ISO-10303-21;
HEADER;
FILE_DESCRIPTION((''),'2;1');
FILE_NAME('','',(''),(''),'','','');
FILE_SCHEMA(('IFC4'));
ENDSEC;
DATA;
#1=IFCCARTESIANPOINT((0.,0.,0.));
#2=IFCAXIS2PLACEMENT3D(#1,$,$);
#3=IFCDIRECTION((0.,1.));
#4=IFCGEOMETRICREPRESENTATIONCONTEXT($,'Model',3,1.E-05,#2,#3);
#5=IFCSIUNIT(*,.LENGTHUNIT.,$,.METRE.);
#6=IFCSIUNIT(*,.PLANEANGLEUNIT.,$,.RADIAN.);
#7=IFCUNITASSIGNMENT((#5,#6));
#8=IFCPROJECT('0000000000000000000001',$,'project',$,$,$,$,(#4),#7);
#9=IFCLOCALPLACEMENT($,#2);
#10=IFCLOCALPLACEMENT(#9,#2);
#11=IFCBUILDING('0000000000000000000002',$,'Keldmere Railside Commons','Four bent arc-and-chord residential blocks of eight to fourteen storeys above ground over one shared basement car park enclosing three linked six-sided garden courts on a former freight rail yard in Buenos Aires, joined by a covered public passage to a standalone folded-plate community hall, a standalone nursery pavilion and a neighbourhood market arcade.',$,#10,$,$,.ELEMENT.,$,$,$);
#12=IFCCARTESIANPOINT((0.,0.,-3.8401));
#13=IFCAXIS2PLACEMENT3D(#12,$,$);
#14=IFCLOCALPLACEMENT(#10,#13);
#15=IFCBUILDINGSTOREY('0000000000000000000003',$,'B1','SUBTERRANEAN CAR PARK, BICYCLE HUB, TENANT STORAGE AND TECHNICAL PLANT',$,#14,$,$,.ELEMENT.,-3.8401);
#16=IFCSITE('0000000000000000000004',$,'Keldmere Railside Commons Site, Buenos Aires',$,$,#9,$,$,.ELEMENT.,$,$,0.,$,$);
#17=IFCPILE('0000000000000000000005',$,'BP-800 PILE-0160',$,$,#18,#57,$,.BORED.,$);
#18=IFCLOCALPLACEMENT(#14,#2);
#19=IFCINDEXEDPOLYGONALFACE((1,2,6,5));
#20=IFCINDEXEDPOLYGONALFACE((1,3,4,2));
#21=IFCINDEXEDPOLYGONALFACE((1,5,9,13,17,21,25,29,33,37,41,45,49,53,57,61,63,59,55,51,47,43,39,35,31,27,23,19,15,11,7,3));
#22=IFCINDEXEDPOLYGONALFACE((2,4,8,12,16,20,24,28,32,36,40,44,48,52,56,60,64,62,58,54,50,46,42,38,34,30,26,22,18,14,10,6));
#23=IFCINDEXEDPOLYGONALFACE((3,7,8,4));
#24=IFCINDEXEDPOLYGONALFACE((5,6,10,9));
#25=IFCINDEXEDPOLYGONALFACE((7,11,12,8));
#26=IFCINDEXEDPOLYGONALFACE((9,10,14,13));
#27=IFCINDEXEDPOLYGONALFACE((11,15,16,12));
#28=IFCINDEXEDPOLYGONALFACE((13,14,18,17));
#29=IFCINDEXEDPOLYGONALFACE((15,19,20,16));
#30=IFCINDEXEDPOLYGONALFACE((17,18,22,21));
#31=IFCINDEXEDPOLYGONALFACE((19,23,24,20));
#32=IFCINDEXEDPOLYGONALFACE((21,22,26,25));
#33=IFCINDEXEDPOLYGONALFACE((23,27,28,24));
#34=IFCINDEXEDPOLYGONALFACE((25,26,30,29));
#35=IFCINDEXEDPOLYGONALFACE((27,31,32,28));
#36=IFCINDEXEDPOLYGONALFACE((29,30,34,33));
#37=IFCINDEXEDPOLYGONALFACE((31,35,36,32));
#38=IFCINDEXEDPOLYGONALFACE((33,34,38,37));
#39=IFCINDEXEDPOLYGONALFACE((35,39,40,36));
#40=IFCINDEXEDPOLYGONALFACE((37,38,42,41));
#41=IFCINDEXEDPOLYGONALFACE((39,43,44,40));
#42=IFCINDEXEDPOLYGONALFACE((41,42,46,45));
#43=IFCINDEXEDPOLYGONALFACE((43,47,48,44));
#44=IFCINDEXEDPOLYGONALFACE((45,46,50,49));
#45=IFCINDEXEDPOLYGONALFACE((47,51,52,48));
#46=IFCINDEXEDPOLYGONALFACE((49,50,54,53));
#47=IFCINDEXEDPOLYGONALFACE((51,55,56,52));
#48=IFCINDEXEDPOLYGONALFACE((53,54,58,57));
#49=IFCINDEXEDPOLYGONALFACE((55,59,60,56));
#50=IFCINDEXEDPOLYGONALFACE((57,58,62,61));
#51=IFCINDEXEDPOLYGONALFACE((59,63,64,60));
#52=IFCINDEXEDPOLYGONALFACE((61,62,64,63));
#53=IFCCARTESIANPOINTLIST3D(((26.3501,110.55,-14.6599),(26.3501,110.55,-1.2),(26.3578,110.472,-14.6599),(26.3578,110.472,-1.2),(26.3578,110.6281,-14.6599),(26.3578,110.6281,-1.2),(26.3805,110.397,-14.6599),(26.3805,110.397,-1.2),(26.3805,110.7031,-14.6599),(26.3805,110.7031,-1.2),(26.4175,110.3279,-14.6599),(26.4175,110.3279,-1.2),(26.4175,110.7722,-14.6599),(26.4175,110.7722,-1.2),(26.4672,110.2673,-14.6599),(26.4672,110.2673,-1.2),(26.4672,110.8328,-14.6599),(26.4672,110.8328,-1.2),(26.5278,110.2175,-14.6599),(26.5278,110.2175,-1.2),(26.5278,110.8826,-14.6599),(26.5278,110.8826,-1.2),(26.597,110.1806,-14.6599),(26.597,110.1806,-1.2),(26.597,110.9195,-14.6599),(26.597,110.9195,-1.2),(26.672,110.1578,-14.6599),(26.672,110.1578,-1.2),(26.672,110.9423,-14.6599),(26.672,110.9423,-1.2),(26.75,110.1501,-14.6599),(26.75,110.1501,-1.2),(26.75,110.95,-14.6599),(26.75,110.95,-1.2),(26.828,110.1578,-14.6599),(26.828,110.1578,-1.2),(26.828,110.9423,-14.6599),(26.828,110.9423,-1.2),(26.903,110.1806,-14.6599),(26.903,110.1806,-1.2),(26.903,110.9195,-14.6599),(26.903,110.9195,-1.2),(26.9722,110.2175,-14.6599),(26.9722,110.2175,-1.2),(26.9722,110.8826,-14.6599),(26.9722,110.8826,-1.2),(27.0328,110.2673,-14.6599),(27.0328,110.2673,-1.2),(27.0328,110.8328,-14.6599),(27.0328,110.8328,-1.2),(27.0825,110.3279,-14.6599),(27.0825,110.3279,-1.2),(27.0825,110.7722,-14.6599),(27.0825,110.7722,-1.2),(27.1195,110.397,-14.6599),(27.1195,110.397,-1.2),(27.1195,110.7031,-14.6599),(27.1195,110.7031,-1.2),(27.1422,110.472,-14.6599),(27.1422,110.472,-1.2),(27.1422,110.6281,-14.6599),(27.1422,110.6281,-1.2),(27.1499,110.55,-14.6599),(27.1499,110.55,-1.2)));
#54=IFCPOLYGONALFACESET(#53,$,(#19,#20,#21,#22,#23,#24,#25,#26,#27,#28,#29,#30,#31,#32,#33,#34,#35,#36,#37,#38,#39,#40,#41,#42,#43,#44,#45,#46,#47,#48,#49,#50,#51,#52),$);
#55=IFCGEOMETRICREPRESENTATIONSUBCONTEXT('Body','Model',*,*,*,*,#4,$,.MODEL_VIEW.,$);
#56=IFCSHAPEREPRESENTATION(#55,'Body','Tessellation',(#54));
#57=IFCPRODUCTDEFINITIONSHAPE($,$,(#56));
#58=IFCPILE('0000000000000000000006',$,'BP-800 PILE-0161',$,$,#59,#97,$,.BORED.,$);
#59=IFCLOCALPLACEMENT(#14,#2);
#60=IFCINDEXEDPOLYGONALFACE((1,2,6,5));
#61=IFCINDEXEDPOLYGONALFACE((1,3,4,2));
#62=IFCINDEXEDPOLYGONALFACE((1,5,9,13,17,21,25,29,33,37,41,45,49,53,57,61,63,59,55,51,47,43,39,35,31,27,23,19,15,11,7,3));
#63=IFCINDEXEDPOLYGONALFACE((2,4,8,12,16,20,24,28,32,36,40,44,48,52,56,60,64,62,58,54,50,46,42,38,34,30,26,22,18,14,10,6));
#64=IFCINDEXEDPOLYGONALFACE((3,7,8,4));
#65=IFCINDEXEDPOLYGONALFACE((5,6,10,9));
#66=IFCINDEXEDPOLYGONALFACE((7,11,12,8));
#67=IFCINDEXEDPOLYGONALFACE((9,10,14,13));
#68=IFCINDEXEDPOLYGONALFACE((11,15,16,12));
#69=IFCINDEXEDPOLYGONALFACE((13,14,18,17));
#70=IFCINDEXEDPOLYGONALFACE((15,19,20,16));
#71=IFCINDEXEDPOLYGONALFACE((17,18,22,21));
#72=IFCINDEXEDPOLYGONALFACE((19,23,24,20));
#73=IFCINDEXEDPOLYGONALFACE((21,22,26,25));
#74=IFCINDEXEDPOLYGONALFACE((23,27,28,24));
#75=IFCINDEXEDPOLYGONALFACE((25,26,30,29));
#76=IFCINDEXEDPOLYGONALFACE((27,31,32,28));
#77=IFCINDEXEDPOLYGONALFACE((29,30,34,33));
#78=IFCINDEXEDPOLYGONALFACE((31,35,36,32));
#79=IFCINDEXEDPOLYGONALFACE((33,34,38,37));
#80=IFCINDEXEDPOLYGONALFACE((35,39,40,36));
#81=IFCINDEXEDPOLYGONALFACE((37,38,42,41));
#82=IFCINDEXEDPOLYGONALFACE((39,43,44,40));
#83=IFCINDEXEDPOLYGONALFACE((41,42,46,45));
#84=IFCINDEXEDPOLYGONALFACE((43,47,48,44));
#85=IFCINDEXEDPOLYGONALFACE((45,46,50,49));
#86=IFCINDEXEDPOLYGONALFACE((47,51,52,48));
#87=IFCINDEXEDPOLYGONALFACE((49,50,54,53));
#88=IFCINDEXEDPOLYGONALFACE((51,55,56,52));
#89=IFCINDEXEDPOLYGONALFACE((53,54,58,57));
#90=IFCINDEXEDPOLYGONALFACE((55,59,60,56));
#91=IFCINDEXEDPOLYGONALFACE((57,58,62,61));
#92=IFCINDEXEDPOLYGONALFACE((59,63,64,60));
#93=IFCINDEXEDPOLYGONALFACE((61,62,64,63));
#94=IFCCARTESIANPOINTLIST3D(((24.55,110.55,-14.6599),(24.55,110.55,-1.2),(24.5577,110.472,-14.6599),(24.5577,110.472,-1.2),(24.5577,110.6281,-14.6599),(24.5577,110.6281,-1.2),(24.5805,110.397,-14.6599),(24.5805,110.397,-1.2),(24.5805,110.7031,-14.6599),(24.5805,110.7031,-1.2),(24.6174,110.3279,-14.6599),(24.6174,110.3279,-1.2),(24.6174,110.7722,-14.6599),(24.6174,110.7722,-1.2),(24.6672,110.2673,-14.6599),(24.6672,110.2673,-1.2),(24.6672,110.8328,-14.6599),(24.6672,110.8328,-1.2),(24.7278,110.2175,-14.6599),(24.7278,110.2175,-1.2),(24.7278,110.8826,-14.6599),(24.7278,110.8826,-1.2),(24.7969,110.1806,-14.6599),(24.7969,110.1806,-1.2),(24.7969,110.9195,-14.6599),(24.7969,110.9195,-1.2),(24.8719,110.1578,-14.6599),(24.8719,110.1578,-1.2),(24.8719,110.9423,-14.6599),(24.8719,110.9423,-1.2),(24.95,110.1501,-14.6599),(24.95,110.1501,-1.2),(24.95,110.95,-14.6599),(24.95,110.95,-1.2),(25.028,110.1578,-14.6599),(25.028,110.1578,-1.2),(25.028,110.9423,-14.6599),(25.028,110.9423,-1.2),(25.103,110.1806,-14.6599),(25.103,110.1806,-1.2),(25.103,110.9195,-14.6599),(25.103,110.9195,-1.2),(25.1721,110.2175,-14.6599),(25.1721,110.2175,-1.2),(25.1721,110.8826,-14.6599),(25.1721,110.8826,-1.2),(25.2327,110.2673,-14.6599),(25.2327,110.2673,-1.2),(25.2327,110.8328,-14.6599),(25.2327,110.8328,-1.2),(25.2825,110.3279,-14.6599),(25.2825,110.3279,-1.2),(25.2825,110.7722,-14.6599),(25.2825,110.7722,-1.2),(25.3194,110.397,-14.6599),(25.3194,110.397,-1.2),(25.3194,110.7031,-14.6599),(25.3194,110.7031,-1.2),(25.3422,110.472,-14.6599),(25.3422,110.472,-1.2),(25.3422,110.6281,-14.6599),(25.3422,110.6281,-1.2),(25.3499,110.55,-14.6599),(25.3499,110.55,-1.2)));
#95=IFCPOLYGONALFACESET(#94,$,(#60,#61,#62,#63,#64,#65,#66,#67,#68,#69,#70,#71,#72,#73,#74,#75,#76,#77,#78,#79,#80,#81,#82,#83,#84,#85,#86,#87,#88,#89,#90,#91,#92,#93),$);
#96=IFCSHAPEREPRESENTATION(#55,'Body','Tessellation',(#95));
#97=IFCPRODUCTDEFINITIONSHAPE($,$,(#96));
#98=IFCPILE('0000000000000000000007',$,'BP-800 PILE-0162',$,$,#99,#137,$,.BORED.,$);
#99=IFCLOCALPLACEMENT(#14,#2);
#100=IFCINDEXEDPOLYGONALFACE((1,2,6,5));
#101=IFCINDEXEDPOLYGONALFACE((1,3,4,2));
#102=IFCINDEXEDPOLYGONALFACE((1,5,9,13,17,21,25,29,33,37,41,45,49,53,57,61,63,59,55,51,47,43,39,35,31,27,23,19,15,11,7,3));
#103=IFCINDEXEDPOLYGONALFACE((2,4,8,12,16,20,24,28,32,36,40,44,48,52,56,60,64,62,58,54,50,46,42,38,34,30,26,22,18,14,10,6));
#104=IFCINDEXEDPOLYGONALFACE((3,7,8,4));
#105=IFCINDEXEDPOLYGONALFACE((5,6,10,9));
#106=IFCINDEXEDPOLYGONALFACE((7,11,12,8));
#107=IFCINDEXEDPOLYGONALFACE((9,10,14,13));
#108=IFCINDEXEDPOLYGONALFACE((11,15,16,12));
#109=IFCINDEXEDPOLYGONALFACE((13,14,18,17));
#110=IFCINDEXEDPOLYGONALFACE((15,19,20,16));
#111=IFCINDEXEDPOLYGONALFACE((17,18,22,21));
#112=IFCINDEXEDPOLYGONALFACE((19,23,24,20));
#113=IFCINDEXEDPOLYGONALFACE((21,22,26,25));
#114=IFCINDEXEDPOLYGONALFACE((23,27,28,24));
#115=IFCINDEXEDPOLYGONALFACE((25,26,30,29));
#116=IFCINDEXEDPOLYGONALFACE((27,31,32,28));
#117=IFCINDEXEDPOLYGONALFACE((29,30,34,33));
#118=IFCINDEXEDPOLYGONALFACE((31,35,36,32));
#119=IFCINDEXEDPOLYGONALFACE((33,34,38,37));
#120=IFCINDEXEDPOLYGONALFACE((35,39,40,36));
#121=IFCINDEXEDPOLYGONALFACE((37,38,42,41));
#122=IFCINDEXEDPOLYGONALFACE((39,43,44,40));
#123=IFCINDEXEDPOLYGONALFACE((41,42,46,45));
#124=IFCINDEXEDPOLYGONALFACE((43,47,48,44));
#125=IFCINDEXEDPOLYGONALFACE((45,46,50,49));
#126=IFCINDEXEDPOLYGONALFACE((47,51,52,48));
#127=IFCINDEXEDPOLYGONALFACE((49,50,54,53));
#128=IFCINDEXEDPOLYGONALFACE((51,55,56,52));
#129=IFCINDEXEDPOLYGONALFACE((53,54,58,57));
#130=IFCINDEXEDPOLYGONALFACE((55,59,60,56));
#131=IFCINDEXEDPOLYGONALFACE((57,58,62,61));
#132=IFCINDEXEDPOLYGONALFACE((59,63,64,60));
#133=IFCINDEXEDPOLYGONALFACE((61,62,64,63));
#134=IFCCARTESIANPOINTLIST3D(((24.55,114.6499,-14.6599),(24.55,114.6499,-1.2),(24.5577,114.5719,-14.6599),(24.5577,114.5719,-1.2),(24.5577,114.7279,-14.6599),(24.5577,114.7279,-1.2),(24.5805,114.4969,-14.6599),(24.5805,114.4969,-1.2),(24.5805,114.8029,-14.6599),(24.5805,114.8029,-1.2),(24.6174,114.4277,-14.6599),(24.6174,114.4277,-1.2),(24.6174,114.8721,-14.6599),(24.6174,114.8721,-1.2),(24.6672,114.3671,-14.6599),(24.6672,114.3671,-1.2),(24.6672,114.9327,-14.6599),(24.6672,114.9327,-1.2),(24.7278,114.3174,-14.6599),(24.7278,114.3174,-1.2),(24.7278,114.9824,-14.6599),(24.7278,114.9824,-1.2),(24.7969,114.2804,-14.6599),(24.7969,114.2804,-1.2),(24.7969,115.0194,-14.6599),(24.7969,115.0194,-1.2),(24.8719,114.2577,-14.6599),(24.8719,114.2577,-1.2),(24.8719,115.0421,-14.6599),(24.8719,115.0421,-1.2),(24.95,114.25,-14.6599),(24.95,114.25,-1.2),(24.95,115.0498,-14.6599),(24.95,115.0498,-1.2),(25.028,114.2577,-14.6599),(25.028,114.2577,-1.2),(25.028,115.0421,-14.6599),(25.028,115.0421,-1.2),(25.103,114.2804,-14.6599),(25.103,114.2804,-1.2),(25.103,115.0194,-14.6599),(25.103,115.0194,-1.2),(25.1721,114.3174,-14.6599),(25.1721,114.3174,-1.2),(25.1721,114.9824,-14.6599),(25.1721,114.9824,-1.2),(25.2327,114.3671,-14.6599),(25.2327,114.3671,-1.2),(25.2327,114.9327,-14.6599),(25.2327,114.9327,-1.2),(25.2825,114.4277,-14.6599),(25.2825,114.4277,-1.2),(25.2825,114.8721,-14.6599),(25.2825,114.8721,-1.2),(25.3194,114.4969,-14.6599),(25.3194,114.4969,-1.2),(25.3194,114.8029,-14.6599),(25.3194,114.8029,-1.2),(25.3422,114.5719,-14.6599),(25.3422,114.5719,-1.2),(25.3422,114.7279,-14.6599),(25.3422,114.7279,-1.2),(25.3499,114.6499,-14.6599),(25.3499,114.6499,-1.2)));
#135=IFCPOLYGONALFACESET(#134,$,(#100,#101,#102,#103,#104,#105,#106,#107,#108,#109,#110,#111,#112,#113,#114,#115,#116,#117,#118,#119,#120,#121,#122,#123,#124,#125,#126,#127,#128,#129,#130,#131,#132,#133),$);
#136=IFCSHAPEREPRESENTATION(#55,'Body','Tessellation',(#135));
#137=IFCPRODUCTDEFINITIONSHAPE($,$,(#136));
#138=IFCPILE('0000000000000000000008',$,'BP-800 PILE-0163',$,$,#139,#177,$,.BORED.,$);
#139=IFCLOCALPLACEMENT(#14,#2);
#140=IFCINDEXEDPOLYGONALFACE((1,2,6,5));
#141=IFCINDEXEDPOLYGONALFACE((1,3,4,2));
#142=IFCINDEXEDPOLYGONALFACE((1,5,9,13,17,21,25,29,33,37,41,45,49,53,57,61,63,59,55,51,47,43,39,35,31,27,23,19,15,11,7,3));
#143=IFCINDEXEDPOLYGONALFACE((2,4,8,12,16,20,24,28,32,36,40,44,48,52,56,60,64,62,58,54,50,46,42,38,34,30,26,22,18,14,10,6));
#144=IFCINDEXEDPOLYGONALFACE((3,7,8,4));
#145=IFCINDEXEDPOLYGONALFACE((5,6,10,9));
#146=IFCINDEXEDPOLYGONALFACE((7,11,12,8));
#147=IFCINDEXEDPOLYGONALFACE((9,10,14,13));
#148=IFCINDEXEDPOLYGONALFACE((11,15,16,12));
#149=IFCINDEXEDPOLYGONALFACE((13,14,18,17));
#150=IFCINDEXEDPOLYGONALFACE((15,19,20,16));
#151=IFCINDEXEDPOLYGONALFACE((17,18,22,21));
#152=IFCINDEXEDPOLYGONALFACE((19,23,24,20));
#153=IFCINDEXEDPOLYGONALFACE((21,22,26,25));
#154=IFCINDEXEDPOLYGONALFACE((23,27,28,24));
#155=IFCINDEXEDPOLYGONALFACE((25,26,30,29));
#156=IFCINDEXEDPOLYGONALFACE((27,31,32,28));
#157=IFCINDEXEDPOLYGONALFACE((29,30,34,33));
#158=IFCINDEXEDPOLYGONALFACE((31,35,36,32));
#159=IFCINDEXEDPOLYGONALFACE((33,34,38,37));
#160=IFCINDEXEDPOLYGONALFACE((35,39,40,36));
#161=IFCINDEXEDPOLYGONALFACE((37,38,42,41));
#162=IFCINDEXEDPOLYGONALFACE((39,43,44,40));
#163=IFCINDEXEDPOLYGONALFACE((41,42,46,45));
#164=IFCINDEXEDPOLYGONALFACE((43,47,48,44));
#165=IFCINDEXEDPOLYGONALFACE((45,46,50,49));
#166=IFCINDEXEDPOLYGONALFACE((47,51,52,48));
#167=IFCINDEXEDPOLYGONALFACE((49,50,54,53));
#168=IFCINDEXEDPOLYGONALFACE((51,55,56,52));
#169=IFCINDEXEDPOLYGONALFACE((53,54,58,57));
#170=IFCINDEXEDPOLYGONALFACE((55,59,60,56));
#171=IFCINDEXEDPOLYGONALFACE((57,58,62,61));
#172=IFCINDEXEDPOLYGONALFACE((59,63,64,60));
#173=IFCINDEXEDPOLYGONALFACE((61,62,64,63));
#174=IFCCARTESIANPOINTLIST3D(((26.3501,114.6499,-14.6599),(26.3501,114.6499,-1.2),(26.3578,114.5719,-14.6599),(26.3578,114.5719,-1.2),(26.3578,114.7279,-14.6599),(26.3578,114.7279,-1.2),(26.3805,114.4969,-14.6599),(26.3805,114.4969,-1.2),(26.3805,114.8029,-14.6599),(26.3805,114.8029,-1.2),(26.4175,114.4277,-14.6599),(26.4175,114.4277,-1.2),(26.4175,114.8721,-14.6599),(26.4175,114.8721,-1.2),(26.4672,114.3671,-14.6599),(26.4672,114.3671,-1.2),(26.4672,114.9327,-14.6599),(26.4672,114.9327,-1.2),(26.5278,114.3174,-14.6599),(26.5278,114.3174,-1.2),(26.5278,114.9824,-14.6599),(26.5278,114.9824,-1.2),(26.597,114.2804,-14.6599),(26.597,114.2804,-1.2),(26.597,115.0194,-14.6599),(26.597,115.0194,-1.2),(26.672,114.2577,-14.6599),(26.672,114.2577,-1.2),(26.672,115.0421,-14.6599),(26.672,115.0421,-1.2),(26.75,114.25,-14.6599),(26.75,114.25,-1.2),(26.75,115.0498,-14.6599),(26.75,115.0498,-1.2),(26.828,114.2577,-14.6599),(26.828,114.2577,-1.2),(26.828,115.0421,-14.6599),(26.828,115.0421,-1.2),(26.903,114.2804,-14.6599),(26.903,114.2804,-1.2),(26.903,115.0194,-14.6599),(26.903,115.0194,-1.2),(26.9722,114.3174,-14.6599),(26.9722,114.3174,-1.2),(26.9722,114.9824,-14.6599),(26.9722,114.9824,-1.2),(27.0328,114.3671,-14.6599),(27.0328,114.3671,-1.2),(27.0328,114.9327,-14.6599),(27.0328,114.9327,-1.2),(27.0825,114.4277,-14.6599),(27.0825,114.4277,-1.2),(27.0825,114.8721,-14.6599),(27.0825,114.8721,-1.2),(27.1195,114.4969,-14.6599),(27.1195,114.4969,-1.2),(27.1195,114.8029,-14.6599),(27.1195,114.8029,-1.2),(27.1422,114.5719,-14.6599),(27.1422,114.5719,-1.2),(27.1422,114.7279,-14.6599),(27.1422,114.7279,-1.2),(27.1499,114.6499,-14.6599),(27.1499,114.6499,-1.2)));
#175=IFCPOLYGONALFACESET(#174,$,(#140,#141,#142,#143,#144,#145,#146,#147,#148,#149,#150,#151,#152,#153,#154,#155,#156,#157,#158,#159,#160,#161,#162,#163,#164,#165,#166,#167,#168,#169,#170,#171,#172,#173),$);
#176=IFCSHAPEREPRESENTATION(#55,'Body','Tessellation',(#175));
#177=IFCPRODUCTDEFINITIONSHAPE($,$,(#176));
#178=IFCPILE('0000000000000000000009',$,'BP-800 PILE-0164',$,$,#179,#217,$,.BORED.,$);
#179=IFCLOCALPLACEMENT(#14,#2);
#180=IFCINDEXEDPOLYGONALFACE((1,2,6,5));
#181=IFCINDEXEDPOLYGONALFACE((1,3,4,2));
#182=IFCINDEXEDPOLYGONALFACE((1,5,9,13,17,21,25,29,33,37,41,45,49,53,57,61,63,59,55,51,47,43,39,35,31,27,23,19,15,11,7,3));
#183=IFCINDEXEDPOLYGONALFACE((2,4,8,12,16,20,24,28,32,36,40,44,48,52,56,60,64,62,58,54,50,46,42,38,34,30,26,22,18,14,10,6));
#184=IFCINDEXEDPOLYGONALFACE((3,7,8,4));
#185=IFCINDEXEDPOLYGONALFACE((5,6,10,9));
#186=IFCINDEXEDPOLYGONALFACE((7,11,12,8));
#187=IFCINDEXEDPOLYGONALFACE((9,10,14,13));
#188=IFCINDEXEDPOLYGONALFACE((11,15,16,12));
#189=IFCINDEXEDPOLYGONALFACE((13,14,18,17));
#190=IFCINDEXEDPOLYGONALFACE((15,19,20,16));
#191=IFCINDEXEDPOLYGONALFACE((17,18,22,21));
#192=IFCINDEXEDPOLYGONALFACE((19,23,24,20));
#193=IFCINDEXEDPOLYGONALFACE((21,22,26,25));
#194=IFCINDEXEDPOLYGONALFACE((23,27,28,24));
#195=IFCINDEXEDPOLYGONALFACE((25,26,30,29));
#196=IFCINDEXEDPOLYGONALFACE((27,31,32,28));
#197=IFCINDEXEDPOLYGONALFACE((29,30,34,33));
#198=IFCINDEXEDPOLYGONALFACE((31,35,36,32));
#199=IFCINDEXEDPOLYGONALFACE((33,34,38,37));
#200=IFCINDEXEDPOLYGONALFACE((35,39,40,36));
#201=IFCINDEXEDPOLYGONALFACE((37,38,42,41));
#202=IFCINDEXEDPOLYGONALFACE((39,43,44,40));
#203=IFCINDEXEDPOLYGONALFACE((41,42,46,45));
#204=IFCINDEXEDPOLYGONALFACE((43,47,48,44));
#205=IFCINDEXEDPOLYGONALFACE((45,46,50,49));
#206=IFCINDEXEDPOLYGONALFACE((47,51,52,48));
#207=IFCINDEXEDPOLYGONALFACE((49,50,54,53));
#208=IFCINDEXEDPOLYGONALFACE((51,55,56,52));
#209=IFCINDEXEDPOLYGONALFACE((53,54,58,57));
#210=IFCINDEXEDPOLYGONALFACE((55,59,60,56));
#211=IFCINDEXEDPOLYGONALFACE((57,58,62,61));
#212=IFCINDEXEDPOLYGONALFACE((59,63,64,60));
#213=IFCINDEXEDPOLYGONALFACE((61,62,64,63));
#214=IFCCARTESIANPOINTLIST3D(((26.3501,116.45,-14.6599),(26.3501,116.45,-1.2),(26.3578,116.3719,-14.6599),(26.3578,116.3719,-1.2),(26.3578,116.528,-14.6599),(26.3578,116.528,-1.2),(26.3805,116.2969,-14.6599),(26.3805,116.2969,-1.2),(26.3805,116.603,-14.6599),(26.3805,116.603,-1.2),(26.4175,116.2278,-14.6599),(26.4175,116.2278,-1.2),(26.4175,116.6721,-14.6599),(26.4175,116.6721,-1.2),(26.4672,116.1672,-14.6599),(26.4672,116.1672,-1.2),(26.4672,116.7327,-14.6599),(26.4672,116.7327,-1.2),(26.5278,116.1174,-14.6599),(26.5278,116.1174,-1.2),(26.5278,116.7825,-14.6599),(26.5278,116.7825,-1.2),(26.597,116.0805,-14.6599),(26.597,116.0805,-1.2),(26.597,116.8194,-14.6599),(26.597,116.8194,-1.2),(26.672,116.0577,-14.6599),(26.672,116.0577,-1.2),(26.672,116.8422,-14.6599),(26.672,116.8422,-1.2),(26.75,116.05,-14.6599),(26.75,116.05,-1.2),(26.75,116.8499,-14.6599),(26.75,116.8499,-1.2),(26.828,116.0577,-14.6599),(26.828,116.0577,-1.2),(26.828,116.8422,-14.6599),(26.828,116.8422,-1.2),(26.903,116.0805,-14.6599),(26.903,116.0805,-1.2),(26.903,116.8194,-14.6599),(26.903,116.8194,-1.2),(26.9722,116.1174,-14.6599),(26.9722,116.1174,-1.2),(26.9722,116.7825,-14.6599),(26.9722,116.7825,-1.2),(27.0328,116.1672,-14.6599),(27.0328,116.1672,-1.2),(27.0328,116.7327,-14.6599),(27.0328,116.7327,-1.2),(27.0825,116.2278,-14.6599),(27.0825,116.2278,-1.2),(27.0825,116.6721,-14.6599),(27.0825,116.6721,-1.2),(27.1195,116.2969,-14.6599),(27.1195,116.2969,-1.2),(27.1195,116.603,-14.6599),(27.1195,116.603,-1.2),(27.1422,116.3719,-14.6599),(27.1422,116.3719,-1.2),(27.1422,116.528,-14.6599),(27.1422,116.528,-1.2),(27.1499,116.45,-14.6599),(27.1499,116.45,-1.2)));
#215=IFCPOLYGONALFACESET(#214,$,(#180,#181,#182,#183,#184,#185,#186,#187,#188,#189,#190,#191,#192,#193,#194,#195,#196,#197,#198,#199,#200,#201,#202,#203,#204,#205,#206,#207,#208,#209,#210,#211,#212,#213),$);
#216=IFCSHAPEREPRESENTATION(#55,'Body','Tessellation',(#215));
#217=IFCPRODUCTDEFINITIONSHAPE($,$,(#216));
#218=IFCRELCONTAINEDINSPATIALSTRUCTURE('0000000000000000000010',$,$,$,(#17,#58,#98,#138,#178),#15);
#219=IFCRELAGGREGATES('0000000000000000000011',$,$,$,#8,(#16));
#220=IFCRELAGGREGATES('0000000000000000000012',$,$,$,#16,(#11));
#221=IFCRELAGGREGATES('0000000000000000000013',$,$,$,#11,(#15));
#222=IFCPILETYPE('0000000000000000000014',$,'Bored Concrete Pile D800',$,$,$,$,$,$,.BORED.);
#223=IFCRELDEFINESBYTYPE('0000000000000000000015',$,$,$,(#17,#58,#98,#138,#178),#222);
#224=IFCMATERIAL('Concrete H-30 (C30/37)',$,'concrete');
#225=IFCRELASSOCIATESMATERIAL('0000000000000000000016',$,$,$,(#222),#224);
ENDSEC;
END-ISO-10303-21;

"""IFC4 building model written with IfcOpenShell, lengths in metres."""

from ifc_helpers import new_model, si_unit, direction, frame, origin, origin_2d, place, context, subcontext, project, spatial, circle, extrude, material, material_profile, profile_set, type_object, element, save


model = new_model("IFC4")

# Units and contexts
model_context = context("Model", 3, precision=1e-05, world=origin(), true_north=direction((0.0, 1.0)))
body_context = subcontext(model_context, "Body", "Model", "MODEL_VIEW")
ifc_project = project(units=[si_unit("LENGTHUNIT", "METRE"), si_unit("PLANEANGLEUNIT", "RADIAN")], contexts=[model_context])

# Site, building, storey
site_placement = place(None, origin())
site = spatial("IfcSite", under=ifc_project, at=site_placement, Name="Keldmere Railside Commons Site, Buenos Aires", CompositionType="ELEMENT", RefElevation=0.0)
building_placement = place(site_placement, origin())
building = spatial("IfcBuilding", under=site, at=building_placement, Name="Keldmere Railside Commons", Description="Four bent arc-and-chord residential blocks of eight to fourteen storeys above ground over one shared basement car park enclosing three linked six-sided garden courts on a former freight rail yard in Buenos Aires, joined by a covered public passage to a standalone folded-plate community hall, a standalone nursery pavilion and a neighbourhood market arcade.", CompositionType="ELEMENT")
storey_placement = place(building_placement, frame((0.0, 0.0, -3.8401)))
storey = spatial("IfcBuildingStorey", under=building, at=storey_placement, Name="B1", Description="SUBTERRANEAN CAR PARK, BICYCLE HUB, TENANT STORAGE AND TECHNICAL PLANT", CompositionType="ELEMENT", Elevation=-3.8401)

# Piles
ifc_material_1 = material(Name="Concrete H-30 (C30/37)", Category="concrete")
ifc_material_profile_1 = material_profile(ifc_material_1, circle(Radius=0.3999, at=origin_2d()), Name="PILE-D800")
ifc_profile_set_1 = profile_set([ifc_material_profile_1], Name="Concrete H-30 (C30/37)")
pile_type = type_object("IfcPileType", Name="Bored Concrete Pile D800", PredefinedType="BORED", material=ifc_profile_set_1)
for number, where, z_axis, x_axis, name in (
    (1, (26.75, 110.55, -1.2), (0.0, 0.0, -1.0), (1.0, 0.0, 0.0), "BP-800 PILE-0160"),
    (2, (24.95, 110.55, -1.2), (0.0, 0.0, -1.0), (1.0, 0.0, 0.0), "BP-800 PILE-0161"),
    (3, (24.95, 114.6499, -1.2), (0.0, 0.0, -1.0), (1.0, 0.0, 0.0), "BP-800 PILE-0162"),
    (4, (26.75, 114.6499, -1.2), (0.0, 0.0, -1.0), (1.0, 0.0, 0.0), "BP-800 PILE-0163"),
    (5, (26.75, 116.45, -1.2), (0.0, 0.0, -1.0), (1.0, 0.0, 0.0), "BP-800 PILE-0164"),
):
    element("IfcPile", number, at=place(storey_placement, frame(where, z_axis=z_axis, x_axis=x_axis)), inside=storey, type_object=pile_type, Name=name, PredefinedType="BORED", context=body_context, shape_type="SweptSolid", body=[
        extrude(circle(Radius=0.3999, at=origin_2d()), origin(), (0.0, 0.0, 1.0), 13.46),
    ])

save(model, "model.ifc")
